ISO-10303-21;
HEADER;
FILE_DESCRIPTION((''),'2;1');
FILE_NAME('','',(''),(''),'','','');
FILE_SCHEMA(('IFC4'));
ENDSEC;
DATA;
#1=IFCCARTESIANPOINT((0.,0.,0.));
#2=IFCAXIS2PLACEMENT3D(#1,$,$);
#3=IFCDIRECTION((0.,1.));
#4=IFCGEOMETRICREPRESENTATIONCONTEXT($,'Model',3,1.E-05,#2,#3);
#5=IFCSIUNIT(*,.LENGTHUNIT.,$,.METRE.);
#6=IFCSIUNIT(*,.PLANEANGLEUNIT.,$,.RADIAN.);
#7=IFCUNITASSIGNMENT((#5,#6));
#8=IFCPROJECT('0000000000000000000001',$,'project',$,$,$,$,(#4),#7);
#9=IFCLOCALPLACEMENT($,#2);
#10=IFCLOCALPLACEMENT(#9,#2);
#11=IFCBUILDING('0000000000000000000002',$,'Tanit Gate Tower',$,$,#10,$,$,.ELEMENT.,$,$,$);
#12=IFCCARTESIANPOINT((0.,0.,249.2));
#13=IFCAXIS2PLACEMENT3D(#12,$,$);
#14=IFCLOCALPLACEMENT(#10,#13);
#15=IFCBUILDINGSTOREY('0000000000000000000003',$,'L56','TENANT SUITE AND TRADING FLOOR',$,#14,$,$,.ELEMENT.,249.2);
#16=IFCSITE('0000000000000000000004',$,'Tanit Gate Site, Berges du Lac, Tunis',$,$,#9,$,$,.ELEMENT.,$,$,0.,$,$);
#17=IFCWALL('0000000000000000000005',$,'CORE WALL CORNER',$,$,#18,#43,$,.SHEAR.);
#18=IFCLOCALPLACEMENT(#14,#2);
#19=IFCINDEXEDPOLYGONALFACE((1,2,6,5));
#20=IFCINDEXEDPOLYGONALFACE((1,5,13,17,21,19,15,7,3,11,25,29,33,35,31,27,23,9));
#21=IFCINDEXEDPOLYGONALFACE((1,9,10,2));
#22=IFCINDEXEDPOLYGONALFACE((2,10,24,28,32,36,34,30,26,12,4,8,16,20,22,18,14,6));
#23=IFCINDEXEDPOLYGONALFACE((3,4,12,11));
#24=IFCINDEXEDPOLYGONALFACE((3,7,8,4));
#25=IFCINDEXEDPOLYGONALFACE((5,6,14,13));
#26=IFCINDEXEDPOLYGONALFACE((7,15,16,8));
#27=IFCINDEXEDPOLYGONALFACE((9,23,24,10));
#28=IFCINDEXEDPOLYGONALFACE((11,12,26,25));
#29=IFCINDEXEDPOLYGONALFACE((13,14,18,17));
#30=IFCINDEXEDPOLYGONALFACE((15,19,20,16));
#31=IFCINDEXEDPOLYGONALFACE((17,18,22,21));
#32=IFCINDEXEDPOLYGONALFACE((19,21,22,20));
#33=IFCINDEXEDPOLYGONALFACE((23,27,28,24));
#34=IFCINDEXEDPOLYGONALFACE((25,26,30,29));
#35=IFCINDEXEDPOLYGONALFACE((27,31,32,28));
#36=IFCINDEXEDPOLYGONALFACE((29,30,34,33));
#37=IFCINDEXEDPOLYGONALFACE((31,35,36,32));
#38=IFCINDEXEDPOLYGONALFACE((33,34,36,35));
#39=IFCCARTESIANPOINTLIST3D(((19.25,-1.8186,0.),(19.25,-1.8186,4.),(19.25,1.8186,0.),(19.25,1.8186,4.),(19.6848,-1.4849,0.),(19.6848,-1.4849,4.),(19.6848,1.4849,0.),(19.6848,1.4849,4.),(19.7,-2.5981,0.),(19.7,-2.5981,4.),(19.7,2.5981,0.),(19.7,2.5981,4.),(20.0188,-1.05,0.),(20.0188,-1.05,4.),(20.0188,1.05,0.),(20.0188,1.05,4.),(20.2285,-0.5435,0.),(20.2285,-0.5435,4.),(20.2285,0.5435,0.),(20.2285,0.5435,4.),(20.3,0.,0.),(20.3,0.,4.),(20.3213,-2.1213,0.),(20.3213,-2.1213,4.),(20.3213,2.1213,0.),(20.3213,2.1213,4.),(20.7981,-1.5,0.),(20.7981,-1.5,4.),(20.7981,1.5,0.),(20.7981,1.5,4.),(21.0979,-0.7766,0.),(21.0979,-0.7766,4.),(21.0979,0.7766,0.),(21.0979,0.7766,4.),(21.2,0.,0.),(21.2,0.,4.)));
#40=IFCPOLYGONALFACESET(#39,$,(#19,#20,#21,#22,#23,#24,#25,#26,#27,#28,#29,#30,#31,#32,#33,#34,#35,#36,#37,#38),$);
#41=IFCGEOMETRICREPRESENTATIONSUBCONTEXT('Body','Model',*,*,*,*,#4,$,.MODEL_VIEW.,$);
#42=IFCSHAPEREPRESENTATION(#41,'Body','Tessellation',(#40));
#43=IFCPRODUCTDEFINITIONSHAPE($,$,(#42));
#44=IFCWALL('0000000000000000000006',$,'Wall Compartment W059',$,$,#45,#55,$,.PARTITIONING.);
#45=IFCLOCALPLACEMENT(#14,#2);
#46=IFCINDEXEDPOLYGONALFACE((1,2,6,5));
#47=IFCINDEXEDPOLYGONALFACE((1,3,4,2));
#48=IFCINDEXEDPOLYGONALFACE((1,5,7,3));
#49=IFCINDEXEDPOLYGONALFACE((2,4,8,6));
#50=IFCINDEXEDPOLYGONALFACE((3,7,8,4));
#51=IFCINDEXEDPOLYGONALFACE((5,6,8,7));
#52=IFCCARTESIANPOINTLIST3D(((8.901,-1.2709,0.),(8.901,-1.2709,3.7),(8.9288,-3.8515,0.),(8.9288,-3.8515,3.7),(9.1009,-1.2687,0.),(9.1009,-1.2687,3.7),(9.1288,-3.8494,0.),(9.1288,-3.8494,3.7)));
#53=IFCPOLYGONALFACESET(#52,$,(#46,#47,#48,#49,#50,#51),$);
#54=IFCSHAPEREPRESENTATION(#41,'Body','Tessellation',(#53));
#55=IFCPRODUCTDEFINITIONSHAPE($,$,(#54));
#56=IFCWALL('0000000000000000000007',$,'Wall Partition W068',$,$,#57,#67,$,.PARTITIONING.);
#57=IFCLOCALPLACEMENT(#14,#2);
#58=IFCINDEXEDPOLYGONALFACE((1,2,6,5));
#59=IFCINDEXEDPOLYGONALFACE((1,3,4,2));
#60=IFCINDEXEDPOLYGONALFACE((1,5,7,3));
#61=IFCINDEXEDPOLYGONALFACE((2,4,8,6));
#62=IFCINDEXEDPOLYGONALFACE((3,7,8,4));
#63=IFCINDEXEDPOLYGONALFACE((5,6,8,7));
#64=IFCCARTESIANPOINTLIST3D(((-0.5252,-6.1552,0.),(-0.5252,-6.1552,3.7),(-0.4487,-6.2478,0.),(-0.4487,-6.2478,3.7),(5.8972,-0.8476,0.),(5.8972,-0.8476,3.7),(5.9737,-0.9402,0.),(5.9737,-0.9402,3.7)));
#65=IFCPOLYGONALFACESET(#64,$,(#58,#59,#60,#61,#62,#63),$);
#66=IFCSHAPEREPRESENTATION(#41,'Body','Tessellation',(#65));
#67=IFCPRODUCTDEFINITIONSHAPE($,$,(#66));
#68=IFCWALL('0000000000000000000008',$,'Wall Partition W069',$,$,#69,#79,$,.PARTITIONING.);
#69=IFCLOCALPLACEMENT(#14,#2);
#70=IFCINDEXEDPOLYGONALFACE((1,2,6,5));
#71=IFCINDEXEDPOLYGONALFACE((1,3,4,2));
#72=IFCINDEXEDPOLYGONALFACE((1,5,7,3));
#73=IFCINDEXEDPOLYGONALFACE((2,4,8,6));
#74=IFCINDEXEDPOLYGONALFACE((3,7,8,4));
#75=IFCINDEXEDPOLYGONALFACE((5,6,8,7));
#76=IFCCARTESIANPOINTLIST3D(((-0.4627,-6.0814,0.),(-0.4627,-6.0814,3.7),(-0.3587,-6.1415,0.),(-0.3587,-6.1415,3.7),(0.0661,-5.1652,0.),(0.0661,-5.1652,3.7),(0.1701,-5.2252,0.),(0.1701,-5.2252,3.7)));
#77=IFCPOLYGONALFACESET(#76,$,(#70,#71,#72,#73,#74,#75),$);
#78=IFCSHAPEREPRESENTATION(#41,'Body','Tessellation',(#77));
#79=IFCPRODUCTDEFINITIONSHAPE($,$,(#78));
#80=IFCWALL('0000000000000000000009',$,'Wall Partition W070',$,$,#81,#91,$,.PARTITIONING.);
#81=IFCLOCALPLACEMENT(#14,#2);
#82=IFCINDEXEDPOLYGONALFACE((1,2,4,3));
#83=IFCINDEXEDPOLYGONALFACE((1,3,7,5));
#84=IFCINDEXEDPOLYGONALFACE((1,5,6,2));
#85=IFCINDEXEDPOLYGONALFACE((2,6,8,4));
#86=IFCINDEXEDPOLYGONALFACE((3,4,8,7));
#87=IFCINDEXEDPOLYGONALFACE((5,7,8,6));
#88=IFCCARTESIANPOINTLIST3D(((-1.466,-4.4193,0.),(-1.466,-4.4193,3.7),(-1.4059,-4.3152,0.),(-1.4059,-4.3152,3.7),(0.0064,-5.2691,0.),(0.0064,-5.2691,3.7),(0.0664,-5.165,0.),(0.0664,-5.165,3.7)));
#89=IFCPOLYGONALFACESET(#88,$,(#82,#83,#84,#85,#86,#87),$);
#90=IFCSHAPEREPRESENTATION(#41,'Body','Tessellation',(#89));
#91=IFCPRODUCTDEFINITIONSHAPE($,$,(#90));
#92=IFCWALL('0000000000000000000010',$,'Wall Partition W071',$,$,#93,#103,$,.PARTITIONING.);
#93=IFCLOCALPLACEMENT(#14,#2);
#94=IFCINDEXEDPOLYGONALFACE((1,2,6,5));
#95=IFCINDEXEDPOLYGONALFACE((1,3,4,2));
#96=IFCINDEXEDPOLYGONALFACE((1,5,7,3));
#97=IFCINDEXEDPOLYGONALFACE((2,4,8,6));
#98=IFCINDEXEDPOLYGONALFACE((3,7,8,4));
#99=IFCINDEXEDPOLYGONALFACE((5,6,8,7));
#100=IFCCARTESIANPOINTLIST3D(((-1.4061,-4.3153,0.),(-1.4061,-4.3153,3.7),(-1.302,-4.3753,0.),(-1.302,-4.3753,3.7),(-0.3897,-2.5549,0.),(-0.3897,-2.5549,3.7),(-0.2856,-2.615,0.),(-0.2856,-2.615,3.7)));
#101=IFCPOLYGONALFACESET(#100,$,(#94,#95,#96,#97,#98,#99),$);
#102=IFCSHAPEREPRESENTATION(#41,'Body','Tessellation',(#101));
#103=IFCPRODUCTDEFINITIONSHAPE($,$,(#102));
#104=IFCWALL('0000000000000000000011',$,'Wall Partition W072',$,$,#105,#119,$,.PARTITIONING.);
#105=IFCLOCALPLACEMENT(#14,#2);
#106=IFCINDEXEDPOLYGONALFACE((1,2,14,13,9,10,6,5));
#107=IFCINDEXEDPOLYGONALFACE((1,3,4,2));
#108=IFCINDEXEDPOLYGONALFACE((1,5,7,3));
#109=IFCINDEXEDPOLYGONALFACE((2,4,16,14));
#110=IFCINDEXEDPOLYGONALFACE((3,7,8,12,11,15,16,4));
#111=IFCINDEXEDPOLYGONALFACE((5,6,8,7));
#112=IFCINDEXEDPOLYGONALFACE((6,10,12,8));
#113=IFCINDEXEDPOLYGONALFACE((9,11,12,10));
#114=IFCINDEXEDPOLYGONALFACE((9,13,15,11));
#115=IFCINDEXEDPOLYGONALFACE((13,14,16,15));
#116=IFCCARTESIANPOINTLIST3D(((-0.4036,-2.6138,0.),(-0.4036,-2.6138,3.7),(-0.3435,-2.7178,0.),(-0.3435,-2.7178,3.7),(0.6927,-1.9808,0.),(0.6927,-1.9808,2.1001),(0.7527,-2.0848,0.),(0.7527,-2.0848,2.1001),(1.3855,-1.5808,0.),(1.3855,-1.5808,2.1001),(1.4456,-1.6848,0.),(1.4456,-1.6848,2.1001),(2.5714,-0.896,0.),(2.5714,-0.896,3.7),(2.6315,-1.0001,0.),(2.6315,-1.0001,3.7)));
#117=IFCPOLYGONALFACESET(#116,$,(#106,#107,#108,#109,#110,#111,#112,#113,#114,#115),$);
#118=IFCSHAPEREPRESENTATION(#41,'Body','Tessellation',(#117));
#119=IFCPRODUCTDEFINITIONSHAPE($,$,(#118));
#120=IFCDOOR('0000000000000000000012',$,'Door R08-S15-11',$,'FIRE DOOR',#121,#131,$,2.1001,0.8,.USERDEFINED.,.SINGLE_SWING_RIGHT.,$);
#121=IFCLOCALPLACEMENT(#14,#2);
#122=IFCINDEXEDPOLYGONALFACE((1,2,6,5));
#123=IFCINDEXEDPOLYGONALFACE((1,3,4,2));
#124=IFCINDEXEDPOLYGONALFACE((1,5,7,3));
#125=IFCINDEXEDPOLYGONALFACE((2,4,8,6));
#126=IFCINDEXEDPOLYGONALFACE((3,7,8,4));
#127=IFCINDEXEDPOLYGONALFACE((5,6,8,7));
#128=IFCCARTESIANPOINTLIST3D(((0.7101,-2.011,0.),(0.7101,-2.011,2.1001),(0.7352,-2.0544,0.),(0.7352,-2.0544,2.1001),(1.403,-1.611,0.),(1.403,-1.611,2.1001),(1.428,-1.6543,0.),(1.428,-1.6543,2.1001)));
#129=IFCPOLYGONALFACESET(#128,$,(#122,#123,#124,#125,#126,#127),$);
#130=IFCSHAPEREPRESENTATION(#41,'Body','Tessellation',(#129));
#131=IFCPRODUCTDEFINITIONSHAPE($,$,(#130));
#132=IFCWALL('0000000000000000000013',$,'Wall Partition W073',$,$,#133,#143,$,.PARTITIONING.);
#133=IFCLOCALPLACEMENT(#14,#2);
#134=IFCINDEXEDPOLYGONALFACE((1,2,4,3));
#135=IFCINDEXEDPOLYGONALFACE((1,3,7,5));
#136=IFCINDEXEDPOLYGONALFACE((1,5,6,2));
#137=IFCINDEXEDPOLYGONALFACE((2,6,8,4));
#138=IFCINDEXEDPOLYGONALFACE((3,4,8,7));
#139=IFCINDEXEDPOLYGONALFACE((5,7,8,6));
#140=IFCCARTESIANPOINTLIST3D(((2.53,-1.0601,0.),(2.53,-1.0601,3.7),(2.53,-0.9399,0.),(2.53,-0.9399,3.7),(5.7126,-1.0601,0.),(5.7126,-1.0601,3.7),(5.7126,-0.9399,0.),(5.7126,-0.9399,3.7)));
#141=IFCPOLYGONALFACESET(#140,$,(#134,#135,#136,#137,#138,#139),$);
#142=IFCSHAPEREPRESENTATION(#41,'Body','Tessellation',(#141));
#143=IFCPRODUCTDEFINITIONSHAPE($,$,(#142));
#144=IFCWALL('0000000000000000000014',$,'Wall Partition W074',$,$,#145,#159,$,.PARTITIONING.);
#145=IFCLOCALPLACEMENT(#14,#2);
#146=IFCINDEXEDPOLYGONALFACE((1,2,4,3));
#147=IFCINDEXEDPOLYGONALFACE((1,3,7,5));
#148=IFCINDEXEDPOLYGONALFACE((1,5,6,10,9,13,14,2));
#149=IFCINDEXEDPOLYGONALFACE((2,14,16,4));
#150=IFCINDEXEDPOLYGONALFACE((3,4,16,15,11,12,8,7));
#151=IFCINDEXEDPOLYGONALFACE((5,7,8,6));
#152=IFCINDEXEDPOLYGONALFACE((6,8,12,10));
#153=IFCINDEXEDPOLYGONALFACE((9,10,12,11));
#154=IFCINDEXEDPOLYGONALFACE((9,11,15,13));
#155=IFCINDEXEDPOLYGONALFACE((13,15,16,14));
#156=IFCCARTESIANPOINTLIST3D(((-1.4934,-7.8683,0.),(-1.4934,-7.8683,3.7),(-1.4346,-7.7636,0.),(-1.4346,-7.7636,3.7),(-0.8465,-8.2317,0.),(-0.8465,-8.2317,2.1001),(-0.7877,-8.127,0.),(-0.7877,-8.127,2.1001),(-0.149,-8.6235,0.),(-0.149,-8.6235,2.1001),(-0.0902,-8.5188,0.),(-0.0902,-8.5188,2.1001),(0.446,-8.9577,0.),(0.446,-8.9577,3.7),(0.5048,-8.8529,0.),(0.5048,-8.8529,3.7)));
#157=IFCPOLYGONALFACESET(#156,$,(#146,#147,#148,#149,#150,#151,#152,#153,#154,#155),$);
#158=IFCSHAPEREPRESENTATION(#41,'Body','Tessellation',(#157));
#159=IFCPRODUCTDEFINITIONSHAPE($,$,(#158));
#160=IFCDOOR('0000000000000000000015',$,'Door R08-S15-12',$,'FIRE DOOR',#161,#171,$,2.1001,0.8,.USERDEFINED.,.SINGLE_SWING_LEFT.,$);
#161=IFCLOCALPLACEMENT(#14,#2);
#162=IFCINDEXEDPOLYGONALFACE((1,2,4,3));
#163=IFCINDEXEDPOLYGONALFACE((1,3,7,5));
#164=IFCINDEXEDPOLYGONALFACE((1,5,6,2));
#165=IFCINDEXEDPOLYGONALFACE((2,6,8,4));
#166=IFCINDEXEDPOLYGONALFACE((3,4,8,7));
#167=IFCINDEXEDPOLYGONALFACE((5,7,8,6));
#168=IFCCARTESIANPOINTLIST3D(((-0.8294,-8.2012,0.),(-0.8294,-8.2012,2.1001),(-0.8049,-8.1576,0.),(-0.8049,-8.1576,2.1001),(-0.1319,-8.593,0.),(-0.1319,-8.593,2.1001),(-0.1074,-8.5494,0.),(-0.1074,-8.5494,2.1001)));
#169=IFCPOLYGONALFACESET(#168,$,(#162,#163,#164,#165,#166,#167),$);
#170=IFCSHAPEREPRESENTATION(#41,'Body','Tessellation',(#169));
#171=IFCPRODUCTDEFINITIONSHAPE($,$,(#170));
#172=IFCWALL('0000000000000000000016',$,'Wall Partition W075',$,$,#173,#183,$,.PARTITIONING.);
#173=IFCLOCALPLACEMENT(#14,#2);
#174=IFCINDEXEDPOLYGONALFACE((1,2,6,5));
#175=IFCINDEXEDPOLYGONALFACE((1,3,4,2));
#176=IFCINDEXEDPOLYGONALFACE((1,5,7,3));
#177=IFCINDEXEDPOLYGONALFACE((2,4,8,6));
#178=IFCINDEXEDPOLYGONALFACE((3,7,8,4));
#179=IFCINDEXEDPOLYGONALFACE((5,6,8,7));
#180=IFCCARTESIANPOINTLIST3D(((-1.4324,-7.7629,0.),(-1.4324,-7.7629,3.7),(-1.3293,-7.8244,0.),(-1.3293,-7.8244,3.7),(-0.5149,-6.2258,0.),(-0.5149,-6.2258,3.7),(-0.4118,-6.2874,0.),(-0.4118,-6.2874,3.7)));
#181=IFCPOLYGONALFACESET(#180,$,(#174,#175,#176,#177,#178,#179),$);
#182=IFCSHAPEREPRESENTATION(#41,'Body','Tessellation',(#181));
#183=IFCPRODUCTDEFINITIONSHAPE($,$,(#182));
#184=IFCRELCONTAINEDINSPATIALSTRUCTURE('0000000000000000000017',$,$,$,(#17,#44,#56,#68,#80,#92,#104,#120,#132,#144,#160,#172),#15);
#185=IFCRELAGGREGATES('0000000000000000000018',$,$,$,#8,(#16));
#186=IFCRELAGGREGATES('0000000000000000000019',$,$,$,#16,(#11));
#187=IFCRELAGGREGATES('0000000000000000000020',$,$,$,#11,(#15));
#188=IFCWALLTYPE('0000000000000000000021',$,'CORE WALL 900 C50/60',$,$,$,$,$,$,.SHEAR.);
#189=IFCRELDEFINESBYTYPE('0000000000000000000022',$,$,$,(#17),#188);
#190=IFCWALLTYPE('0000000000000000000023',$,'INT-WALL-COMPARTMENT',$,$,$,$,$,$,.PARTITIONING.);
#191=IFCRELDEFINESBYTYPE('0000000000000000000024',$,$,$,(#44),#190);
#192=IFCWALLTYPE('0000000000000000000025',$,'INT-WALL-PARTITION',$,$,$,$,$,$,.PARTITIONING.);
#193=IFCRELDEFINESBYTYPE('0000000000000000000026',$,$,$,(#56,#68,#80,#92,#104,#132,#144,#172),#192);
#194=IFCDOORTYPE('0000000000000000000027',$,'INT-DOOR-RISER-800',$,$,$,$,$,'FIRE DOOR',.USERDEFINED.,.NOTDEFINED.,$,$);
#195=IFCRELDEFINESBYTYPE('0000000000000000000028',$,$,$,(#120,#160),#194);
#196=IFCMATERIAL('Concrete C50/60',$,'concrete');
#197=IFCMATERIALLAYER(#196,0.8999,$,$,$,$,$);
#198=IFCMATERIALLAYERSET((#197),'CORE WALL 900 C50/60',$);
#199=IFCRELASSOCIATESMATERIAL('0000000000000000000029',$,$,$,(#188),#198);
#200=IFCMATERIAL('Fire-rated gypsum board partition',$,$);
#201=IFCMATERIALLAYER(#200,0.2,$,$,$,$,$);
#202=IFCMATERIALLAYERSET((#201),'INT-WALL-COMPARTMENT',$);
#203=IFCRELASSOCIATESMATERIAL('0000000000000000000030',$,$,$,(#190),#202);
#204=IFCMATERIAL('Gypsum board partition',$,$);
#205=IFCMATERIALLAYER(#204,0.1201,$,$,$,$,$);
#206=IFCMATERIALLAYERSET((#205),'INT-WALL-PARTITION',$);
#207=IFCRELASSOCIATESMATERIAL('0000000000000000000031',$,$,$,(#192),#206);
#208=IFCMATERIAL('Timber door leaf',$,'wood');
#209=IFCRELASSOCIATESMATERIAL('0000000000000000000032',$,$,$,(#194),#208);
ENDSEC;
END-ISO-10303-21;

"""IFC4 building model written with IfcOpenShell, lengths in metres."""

from ifc_helpers import new_model, si_unit, direction, frame, frame_2d, origin, place, context, subcontext, project, spatial, polyline, rectangle, outline, extrude, material, layer, layer_set, type_object, element, fill, save


model = new_model("IFC4")

# Units and contexts
model_context = context("Model", 3, precision=1e-05, world=origin(), true_north=direction((0.0, 1.0)))
body_context = subcontext(model_context, "Body", "Model", "MODEL_VIEW")
ifc_project = project(units=[si_unit("LENGTHUNIT", "METRE"), si_unit("PLANEANGLEUNIT", "RADIAN")], contexts=[model_context])

# Site, building, storey
site_placement = place(None, origin())
site = spatial("IfcSite", under=ifc_project, at=site_placement, Name="Tanit Gate Site, Berges du Lac, Tunis", CompositionType="ELEMENT", RefElevation=0.0)
building_placement = place(site_placement, origin())
building = spatial("IfcBuilding", under=site, at=building_placement, Name="Tanit Gate Tower", CompositionType="ELEMENT")
storey_placement = place(building_placement, frame((0.0, 0.0, 249.2)))
storey = spatial("IfcBuildingStorey", under=building, at=storey_placement, Name="L56", Description="TENANT SUITE AND TRADING FLOOR", CompositionType="ELEMENT", Elevation=249.2)

# Walls
ifc_material_1 = material(Name="Concrete C50/60", Category="concrete")
ifc_layer_1 = layer(ifc_material_1, 0.8999)
ifc_layer_set_1 = layer_set([ifc_layer_1], Name="CORE WALL 900 C50/60")
wall_type_1 = type_object("IfcWallType", Name="CORE WALL 900 C50/60", PredefinedType="SHEAR", material=ifc_layer_set_1)
wall_1_placement = place(storey_placement, origin())
element("IfcWall", 1, at=wall_1_placement, inside=storey, type_object=wall_type_1, Name="CORE WALL CORNER", PredefinedType="SHEAR", context=body_context, shape_type="SweptSolid", body=[
    extrude(outline(polyline([(19.7, -2.5981), (20.3213, -2.1213), (20.7981, -1.5), (21.0979, -0.7766), (21.2, 0.0), (21.0979, 0.7766), (20.7981, 1.5), (20.3213, 2.1213), (19.7, 2.5981), (19.25, 1.8186), (19.6848, 1.4849), (20.0188, 1.05), (20.2285, 0.5435), (20.3, 0.0), (20.2285, -0.5435), (20.0188, -1.05), (19.6848, -1.4849), (19.25, -1.8186), (19.7, -2.5981)])), origin(), (0.0, 0.0, 1.0), 4.0),
])
ifc_material_2 = material(Name="Fire-rated gypsum board partition")
ifc_layer_2 = layer(ifc_material_2, 0.2)
ifc_layer_set_2 = layer_set([ifc_layer_2], Name="INT-WALL-COMPARTMENT")
wall_type_2 = type_object("IfcWallType", Name="INT-WALL-COMPARTMENT", PredefinedType="PARTITIONING", material=ifc_layer_set_2)
wall_2_placement = place(storey_placement, frame((9.0288, -3.8506, 0.0), z_axis=(0.0, 0.0, 1.0), x_axis=(-0.010785, 0.999942, 0.0)))
element("IfcWall", 2, at=wall_2_placement, inside=storey, type_object=wall_type_2, Name="Wall Compartment W059", PredefinedType="PARTITIONING", context=body_context, shape_type="SweptSolid", body=[
    extrude(rectangle(XDim=2.5808, YDim=0.2, at=frame_2d((1.2905, 0.0))), origin(), (0.0, 0.0, 1.0), 3.7),
])
ifc_material_3 = material(Name="Gypsum board partition")
ifc_layer_3 = layer(ifc_material_3, 0.1201)
ifc_layer_set_3 = layer_set([ifc_layer_3], Name="INT-WALL-PARTITION")
wall_type_3 = type_object("IfcWallType", Name="INT-WALL-PARTITION", PredefinedType="PARTITIONING", material=ifc_layer_set_3)
wall_3_placement = place(storey_placement, frame((5.9355, -0.8938, 0.0), z_axis=(0.0, 0.0, 1.0), x_axis=(-0.770833, -0.637037, 0.0)))
element("IfcWall", 3, at=wall_3_placement, inside=storey, type_object=wall_type_3, Name="Wall Partition W068", PredefinedType="PARTITIONING", context=body_context, shape_type="SweptSolid", body=[
    extrude(rectangle(XDim=8.3318, YDim=0.1201, at=frame_2d((4.166, 0.0))), origin(), (0.0, 0.0, 1.0), 3.7),
])
wall_4_placement = place(storey_placement, frame((-0.4106, -6.1113, 0.0), z_axis=(0.0, 0.0, 1.0), x_axis=(0.499862, 0.866105, 0.0)))
element("IfcWall", 4, at=wall_4_placement, inside=storey, type_object=wall_type_3, Name="Wall Partition W069", PredefinedType="PARTITIONING", context=body_context, shape_type="SweptSolid", body=[
    extrude(rectangle(XDim=1.0579, YDim=0.1201, at=frame_2d((0.5288, 0.0))), origin(), (0.0, 0.0, 1.0), 3.7),
])
wall_5_placement = place(storey_placement, frame((-1.436, -4.3672, 0.0), z_axis=(0.0, 0.0, 1.0), x_axis=(0.866088, -0.499892, 0.0)))
element("IfcWall", 5, at=wall_5_placement, inside=storey, type_object=wall_type_3, Name="Wall Partition W070", PredefinedType="PARTITIONING", context=body_context, shape_type="SweptSolid", body=[
    extrude(rectangle(XDim=1.7, YDim=0.1201, at=frame_2d((0.8501, 0.0))), origin(), (0.0, 0.0, 1.0), 3.7),
])
wall_6_placement = place(storey_placement, frame((-0.3376, -2.585, 0.0), z_axis=(0.0, 0.0, 1.0), x_axis=(-0.500027, -0.86601, 0.0)))
element("IfcWall", 6, at=wall_6_placement, inside=storey, type_object=wall_type_3, Name="Wall Partition W071", PredefinedType="PARTITIONING", context=body_context, shape_type="SweptSolid", body=[
    extrude(rectangle(XDim=2.0327, YDim=0.1201, at=frame_2d((1.0164, 0.0))), origin(), (0.0, 0.0, 1.0), 3.7),
])

# Wall, opening, door
wall_7_placement = place(storey_placement, frame((2.6016, -0.948, 0.0), z_axis=(0.0, 0.0, 1.0), x_axis=(-0.866013, -0.500022, 0.0)))
wall_7 = element("IfcWall", 7, at=wall_7_placement, inside=storey, type_object=wall_type_3, Name="Wall Partition W072", PredefinedType="PARTITIONING", context=body_context, shape_type="SweptSolid", body=[
    extrude(rectangle(XDim=3.4353, YDim=0.1201, at=frame_2d((1.7178, 0.0))), origin(), (0.0, 0.0, 1.0), 3.7),
])
opening_1_placement = place(wall_7_placement, frame((1.3696, 0.0, 0.0)))
opening_1 = element("IfcOpeningElement", 8, at=opening_1_placement, cuts=wall_7, PredefinedType="OPENING", context=body_context, shape_type="SweptSolid", body=[
    extrude(rectangle(XDim=0.8, YDim=2.1001, at=frame_2d((0.3999, 1.05))), frame((0.0, 0.0701, 0.0), z_axis=(0.0, -1.0, 0.0), x_axis=(1.0, 0.0, 0.0)), (0.0, 0.0, 1.0), 0.1401),
])
ifc_material_4 = material(Name="Timber door leaf", Category="wood")
door_type = type_object("IfcDoorType", Name="INT-DOOR-RISER-800", ElementType="FIRE DOOR", OperationType="NOTDEFINED", PredefinedType="USERDEFINED", material=ifc_material_4)
door_1_placement = place(opening_1_placement, origin())
door_1 = element("IfcDoor", 9, at=door_1_placement, inside=storey, type_object=door_type, Name="Door R08-S15-11", ObjectType="FIRE DOOR", OperationType="SINGLE_SWING_RIGHT", OverallHeight=2.1001, OverallWidth=0.8, PredefinedType="USERDEFINED", context=body_context, shape_type="SweptSolid", body=[
    extrude(rectangle(XDim=0.8, YDim=2.1001, at=frame_2d((0.3999, 1.05))), frame((0.0, 0.0249, 0.0), z_axis=(0.0, -1.0, 0.0), x_axis=(1.0, 0.0, 0.0)), (0.0, 0.0, 1.0), 0.05),
])
fill(opening_1, door_1)

# Wall
wall_8_placement = place(storey_placement, frame((5.7126, -1.0, 0.0), z_axis=(0.0, 0.0, 1.0), x_axis=(-1.0, 0.0, 0.0)))
element("IfcWall", 10, at=wall_8_placement, inside=storey, type_object=wall_type_3, Name="Wall Partition W073", PredefinedType="PARTITIONING", context=body_context, shape_type="SweptSolid", body=[
    extrude(rectangle(XDim=3.1826, YDim=0.1201, at=frame_2d((1.5913, 0.0))), origin(), (0.0, 0.0, 1.0), 3.7),
])

# Wall, opening, door
wall_9_placement = place(storey_placement, frame((-1.4641, -7.8159, 0.0), z_axis=(0.0, 0.0, 1.0), x_axis=(0.87188, -0.489719, 0.0)))
wall_9 = element("IfcWall", 11, at=wall_9_placement, inside=storey, type_object=wall_type_3, Name="Wall Partition W074", PredefinedType="PARTITIONING", context=body_context, shape_type="SweptSolid", body=[
    extrude(rectangle(XDim=2.2244, YDim=0.1201, at=frame_2d((1.1123, 0.0))), origin(), (0.0, 0.0, 1.0), 3.7),
])
opening_2_placement = place(wall_9_placement, frame((0.7422, 0.0, 0.0)))
opening_2 = element("IfcOpeningElement", 12, at=opening_2_placement, cuts=wall_9, PredefinedType="OPENING", context=body_context, shape_type="SweptSolid", body=[
    extrude(rectangle(XDim=0.8, YDim=2.1001, at=frame_2d((0.3999, 1.05))), frame((0.0, 0.0701, 0.0), z_axis=(0.0, -1.0, 0.0), x_axis=(1.0, 0.0, 0.0)), (0.0, 0.0, 1.0), 0.1401),
])
door_2_placement = place(opening_2_placement, origin())
door_2 = element("IfcDoor", 13, at=door_2_placement, inside=storey, type_object=door_type, Name="Door R08-S15-12", ObjectType="FIRE DOOR", OperationType="SINGLE_SWING_LEFT", OverallHeight=2.1001, OverallWidth=0.8, PredefinedType="USERDEFINED", context=body_context, shape_type="SweptSolid", body=[
    extrude(rectangle(XDim=0.8, YDim=2.1001, at=frame_2d((0.3999, 1.05))), frame((0.0, 0.0249, 0.0), z_axis=(0.0, -1.0, 0.0), x_axis=(1.0, 0.0, 0.0)), (0.0, 0.0, 1.0), 0.05),
])
fill(opening_2, door_2)

# Wall
wall_10_placement = place(storey_placement, frame((-0.4634, -6.2566, 0.0), z_axis=(0.0, 0.0, 1.0), x_axis=(-0.512529, -0.85867, 0.0)))
element("IfcWall", 14, at=wall_10_placement, inside=storey, type_object=wall_type_3, Name="Wall Partition W075", PredefinedType="PARTITIONING", context=body_context, shape_type="SweptSolid", body=[
    extrude(rectangle(XDim=1.79, YDim=0.1201, at=frame_2d((0.895, 0.0))), origin(), (0.0, 0.0, 1.0), 3.7),
])

save(model, "model.ifc")
